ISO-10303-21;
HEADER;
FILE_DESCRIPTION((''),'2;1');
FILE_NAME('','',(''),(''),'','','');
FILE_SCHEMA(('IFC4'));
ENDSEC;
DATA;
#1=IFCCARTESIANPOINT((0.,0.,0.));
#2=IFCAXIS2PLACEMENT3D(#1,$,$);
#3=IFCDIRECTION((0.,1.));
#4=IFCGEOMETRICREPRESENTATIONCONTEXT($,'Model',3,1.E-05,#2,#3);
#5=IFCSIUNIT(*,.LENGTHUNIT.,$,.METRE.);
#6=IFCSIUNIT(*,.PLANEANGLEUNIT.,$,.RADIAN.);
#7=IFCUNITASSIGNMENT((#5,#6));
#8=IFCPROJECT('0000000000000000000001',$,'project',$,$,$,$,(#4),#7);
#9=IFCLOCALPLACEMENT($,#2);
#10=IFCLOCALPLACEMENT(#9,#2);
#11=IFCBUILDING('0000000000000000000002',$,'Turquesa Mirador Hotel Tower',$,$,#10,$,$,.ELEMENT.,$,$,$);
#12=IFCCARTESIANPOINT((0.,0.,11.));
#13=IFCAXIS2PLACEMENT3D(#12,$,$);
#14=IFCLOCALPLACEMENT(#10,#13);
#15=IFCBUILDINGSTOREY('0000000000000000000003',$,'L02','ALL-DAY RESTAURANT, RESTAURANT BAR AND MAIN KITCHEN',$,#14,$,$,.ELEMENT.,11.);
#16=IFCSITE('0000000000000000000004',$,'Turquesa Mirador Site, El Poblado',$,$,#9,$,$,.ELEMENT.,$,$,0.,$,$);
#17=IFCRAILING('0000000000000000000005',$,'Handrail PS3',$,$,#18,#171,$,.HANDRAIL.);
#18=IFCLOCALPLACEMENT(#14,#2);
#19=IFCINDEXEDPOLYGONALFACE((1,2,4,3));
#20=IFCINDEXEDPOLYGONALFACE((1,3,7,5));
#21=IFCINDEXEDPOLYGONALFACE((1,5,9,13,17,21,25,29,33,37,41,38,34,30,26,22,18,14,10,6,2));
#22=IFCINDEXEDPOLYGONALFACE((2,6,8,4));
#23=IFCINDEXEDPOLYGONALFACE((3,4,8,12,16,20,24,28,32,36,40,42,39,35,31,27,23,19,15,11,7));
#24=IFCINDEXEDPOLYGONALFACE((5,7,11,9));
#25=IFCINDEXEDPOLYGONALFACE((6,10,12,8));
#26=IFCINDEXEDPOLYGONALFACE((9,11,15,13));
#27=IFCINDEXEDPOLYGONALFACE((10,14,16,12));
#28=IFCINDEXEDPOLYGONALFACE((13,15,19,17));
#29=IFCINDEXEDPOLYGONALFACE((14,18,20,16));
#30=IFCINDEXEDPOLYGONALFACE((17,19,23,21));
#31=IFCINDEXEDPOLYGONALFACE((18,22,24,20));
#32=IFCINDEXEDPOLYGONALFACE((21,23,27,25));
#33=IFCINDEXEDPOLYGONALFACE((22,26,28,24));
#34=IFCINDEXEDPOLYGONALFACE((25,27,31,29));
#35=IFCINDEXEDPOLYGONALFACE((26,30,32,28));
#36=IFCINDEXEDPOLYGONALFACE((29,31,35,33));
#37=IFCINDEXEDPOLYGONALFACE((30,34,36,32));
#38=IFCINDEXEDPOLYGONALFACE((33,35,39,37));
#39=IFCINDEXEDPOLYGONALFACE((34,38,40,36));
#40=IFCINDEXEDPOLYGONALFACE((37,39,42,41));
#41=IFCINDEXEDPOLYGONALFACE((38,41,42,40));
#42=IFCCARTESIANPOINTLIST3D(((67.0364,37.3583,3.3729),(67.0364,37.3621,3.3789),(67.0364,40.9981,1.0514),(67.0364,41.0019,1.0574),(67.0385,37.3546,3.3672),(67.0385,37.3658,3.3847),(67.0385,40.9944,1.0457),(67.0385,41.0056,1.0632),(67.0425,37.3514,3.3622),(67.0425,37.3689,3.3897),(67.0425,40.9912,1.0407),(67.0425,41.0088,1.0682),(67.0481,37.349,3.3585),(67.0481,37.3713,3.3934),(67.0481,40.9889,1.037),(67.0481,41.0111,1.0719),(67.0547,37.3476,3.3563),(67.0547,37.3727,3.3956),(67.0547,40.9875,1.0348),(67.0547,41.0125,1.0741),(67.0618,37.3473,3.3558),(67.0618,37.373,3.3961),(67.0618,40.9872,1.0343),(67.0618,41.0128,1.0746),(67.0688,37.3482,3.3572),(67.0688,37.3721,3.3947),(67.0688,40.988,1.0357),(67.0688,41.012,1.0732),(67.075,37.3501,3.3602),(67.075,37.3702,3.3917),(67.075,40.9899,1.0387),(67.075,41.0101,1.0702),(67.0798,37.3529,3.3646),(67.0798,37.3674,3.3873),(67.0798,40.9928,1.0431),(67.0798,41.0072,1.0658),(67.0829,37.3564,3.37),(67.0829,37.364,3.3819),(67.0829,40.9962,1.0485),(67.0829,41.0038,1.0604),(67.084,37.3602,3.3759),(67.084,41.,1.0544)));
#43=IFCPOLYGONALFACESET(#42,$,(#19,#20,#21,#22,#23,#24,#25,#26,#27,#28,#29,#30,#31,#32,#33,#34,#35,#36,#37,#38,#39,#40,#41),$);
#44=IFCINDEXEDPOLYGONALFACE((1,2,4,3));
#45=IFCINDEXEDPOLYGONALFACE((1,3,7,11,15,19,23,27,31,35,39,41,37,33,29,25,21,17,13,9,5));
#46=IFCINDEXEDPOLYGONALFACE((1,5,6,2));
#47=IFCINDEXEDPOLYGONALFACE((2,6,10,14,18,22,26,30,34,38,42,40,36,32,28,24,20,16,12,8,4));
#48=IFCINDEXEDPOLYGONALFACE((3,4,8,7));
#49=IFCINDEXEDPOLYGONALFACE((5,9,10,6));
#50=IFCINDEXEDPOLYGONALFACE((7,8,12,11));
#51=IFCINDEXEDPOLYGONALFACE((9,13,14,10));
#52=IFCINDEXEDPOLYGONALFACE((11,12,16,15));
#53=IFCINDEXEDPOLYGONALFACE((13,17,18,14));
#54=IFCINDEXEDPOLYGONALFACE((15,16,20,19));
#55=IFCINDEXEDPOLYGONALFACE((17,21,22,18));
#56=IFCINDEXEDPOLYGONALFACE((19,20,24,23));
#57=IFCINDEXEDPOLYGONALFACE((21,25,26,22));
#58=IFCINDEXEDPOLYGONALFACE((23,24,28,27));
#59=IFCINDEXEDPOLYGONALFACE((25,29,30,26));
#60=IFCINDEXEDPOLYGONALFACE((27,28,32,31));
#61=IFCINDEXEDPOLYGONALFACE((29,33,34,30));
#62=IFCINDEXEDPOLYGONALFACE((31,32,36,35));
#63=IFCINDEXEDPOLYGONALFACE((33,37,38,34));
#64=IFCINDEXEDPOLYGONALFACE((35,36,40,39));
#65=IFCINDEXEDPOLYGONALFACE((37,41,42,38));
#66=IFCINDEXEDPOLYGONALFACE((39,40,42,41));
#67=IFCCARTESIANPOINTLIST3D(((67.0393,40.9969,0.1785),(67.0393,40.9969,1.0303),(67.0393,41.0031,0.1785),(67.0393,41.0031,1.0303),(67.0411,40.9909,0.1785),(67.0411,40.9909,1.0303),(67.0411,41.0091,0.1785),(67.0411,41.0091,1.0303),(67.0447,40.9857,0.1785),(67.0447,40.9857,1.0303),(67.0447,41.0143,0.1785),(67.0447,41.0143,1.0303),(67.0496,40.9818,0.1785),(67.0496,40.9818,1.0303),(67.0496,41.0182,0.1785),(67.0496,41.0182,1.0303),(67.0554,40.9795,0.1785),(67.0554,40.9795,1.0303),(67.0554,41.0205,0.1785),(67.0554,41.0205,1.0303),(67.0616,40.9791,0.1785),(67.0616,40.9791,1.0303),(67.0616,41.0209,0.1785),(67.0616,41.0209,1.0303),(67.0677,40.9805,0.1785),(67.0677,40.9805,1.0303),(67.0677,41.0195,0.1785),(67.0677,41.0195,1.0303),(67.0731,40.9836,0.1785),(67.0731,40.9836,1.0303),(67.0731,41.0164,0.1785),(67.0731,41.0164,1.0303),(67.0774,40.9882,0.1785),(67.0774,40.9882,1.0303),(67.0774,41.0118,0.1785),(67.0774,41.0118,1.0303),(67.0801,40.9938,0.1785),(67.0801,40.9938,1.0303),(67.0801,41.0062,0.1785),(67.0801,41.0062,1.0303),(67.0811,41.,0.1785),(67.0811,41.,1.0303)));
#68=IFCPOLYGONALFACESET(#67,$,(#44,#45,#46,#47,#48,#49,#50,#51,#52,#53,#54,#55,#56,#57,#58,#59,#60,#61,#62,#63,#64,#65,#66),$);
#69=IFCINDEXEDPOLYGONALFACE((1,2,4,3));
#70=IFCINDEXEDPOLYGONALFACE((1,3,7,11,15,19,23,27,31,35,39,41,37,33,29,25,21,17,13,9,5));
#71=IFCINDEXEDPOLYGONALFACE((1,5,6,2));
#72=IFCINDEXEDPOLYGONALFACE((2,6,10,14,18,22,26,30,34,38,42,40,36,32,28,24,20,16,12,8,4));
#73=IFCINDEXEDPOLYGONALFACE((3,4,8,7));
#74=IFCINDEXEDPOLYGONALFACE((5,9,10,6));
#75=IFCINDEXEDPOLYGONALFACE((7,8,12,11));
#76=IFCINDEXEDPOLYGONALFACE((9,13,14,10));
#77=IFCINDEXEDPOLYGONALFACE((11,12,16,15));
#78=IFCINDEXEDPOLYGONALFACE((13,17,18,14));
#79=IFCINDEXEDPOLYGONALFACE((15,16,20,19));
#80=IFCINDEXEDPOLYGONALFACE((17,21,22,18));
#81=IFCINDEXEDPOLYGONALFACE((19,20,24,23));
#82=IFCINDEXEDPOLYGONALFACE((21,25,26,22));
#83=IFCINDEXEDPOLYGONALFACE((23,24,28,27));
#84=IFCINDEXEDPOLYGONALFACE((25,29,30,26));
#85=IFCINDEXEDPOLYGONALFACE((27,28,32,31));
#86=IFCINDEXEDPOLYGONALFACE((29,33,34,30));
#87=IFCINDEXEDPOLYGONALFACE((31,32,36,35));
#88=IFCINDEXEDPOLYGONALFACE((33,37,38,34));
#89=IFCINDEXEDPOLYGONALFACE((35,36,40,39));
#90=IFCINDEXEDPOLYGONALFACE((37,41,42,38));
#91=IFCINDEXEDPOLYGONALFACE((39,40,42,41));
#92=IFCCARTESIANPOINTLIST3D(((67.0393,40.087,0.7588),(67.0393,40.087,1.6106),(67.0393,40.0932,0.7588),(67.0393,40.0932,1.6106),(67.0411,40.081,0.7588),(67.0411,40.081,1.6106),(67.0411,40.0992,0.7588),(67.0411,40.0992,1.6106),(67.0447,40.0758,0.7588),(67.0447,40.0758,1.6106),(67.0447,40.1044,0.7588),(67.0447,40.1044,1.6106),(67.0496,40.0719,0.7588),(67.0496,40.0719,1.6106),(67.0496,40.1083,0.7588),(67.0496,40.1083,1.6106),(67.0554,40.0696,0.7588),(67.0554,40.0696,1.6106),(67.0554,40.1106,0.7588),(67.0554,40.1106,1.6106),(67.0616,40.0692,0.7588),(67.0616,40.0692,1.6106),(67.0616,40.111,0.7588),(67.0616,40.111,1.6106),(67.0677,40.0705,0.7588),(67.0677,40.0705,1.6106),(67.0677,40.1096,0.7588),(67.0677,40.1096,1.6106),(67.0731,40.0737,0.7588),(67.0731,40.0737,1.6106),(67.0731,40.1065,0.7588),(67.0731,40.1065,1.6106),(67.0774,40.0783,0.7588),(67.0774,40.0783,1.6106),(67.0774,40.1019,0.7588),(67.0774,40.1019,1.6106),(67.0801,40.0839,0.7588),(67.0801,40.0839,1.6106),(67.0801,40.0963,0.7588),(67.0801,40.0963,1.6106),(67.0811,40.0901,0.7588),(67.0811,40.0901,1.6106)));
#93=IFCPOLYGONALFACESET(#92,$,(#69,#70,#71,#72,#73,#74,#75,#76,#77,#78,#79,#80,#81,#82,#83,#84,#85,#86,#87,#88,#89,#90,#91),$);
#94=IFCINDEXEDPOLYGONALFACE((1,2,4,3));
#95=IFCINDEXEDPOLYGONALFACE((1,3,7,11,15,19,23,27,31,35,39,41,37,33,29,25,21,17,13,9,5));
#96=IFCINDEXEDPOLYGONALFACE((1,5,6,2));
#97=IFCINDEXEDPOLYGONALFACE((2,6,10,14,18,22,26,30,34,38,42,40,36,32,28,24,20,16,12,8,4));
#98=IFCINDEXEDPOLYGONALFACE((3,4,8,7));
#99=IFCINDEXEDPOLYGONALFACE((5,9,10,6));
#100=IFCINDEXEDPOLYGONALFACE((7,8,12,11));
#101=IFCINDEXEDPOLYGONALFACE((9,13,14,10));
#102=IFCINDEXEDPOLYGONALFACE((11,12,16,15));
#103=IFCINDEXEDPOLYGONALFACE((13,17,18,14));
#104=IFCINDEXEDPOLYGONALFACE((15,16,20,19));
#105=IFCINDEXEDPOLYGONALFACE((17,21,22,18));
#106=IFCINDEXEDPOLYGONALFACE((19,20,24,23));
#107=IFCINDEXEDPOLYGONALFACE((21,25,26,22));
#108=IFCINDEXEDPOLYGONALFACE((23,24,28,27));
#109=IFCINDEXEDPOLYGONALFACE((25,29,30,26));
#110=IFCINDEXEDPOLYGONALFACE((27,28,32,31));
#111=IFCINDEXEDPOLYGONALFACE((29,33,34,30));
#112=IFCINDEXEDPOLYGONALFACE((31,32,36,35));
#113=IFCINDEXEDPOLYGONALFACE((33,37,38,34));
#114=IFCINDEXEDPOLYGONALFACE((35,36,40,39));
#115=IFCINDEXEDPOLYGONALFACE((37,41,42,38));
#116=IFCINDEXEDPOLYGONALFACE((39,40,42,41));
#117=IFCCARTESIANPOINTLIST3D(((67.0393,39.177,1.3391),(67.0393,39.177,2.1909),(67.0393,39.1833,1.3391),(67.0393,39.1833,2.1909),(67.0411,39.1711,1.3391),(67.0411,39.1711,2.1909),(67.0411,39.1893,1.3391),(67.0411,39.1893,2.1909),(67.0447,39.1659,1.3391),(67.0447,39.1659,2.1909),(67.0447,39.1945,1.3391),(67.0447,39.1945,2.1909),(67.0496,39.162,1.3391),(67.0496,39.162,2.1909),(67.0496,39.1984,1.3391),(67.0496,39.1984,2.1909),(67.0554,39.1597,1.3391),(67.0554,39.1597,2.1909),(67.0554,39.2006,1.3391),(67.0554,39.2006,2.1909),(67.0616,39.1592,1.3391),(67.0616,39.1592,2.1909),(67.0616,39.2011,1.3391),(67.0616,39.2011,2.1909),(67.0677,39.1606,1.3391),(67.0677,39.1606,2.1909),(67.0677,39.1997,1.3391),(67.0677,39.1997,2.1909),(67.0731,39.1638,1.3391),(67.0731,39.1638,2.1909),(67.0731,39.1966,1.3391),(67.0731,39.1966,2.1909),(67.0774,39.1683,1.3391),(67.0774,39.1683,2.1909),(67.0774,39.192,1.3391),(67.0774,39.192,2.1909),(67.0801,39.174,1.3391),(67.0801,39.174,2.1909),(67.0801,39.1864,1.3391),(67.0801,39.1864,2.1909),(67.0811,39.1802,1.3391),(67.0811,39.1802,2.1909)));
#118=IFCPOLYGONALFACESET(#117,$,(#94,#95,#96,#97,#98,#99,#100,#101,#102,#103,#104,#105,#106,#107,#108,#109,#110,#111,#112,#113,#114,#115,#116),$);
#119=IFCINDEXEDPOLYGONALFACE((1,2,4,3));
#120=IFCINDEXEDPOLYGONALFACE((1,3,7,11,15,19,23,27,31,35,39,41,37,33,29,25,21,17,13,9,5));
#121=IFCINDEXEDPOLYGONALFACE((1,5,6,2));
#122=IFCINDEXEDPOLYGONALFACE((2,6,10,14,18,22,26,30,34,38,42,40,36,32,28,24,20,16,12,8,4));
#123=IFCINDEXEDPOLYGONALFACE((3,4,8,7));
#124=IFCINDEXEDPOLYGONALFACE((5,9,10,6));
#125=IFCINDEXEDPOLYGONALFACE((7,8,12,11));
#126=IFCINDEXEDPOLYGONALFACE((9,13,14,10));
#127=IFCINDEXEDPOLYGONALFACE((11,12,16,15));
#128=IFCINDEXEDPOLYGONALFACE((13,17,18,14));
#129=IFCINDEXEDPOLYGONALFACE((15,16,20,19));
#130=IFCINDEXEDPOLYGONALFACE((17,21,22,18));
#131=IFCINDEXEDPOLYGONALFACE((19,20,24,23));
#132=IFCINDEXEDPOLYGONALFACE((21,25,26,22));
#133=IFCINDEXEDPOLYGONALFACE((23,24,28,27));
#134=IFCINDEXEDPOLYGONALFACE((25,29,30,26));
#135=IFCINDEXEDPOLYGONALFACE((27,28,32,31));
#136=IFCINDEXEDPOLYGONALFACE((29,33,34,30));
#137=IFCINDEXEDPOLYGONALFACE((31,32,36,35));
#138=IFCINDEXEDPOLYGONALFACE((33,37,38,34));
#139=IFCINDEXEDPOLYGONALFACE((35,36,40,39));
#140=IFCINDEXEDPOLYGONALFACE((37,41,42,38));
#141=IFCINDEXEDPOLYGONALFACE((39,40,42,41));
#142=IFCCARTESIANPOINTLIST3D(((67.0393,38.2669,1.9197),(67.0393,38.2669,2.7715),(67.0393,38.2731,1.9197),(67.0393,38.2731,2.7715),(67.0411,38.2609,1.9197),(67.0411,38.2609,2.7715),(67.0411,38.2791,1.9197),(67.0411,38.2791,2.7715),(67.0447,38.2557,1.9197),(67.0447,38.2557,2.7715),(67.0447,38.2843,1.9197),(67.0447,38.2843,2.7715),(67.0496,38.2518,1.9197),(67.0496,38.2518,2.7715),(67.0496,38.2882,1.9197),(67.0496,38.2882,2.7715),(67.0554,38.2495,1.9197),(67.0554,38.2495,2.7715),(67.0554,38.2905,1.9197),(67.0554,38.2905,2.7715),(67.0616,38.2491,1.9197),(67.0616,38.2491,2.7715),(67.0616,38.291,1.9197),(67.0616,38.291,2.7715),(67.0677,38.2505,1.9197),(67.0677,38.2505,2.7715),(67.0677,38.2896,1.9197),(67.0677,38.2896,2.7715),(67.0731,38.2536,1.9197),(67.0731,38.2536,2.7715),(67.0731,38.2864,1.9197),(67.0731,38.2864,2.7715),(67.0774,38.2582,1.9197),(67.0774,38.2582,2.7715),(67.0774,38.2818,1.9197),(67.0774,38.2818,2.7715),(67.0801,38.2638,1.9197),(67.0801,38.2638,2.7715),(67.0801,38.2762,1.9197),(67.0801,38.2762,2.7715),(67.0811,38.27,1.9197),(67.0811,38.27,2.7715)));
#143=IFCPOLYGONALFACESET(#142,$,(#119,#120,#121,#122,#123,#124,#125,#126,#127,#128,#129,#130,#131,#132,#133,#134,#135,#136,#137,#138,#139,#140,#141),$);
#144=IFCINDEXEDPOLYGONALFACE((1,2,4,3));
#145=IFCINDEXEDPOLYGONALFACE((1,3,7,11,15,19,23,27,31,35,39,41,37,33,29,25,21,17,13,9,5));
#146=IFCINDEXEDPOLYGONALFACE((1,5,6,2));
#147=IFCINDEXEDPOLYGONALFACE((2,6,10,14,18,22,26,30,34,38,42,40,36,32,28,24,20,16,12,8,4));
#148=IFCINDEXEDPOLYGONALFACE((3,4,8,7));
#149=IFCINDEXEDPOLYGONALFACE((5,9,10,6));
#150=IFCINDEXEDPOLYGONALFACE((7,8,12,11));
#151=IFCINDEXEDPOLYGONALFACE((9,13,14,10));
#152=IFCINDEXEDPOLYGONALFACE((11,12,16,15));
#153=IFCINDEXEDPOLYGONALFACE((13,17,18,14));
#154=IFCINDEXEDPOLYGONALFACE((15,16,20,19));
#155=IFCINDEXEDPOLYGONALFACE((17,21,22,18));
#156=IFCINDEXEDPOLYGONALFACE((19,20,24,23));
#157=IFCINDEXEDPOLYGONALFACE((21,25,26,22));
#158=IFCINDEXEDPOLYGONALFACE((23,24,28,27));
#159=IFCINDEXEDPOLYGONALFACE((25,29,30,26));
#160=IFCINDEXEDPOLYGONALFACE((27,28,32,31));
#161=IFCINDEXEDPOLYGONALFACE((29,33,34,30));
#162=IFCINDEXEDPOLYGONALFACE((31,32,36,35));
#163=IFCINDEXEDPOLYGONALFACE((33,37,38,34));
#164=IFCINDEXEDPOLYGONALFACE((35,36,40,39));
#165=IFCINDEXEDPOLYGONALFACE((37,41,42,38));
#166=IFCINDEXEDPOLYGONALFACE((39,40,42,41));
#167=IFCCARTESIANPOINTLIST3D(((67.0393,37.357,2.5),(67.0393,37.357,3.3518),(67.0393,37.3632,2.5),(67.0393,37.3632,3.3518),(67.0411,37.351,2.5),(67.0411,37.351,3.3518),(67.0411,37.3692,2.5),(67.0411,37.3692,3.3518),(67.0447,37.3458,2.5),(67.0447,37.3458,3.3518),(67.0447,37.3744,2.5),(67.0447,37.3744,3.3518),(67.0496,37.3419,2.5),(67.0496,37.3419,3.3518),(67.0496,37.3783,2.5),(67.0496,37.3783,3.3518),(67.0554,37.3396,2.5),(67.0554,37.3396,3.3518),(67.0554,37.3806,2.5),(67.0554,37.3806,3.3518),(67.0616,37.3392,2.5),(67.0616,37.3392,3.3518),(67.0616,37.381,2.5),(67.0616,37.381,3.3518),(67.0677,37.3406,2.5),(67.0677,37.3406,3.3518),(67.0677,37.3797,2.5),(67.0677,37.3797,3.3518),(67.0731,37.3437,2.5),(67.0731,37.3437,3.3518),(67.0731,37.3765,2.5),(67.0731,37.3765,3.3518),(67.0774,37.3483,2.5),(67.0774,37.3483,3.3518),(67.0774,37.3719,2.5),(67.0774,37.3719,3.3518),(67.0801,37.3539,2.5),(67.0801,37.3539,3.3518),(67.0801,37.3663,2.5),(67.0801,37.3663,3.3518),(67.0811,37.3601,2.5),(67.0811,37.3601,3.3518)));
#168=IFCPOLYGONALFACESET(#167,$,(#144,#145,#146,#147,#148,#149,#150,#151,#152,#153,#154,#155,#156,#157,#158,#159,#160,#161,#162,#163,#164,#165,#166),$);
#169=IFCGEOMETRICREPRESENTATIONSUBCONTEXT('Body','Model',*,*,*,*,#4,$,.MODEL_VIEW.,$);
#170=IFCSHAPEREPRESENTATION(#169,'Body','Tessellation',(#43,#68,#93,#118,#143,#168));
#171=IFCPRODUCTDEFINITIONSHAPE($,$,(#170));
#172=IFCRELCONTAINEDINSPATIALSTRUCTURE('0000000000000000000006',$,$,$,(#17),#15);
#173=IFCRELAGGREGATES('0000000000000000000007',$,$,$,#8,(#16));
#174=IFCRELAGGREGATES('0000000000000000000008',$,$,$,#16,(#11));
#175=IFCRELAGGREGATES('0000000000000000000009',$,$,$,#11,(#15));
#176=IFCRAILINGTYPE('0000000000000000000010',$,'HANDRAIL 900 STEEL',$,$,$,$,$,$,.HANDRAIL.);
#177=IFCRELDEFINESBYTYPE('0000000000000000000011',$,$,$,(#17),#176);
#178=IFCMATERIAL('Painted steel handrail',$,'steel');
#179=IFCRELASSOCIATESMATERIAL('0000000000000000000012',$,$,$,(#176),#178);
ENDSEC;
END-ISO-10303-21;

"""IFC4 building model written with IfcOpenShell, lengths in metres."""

from ifc_helpers import new_model, si_unit, direction, frame, origin, origin_2d, place, context, subcontext, project, spatial, circle, extrude, material, type_object, element, save


model = new_model("IFC4")

# Units and contexts
model_context = context("Model", 3, precision=1e-05, world=origin(), true_north=direction((0.0, 1.0)))
body_context = subcontext(model_context, "Body", "Model", "MODEL_VIEW")
ifc_project = project(units=[si_unit("LENGTHUNIT", "METRE"), si_unit("PLANEANGLEUNIT", "RADIAN")], contexts=[model_context])

# Site, building, storey
site_placement = place(None, origin())
site = spatial("IfcSite", under=ifc_project, at=site_placement, Name="Turquesa Mirador Site, El Poblado", CompositionType="ELEMENT", RefElevation=0.0)
building_placement = place(site_placement, origin())
building = spatial("IfcBuilding", under=site, at=building_placement, Name="Turquesa Mirador Hotel Tower", CompositionType="ELEMENT")
storey_placement = place(building_placement, frame((0.0, 0.0, 11.0)))
storey = spatial("IfcBuildingStorey", under=building, at=storey_placement, Name="L02", Description="ALL-DAY RESTAURANT, RESTAURANT BAR AND MAIN KITCHEN", CompositionType="ELEMENT", Elevation=11.0)

# Railing
ifc_material_1 = material(Name="Painted steel handrail", Category="steel")
railing_type = type_object("IfcRailingType", Name="HANDRAIL 900 STEEL", PredefinedType="HANDRAIL", material=ifc_material_1)
railing_1_placement = place(storey_placement, frame((67.0601, 41.0, 0.1785)))
element("IfcRailing", 1, at=railing_1_placement, inside=storey, type_object=railing_type, Name="Handrail PS3", PredefinedType="HANDRAIL", context=body_context, shape_type="SweptSolid", body=[
    extrude(circle(Radius=0.0239, at=origin_2d()), frame((0.0, 0.0, 0.876), z_axis=(0.0, -0.843112, 0.537739), x_axis=(1.0, 0.0, 0.0)), (0.0, 0.0, 1.0), 4.3171),
    extrude(circle(Radius=0.021, at=origin_2d()), origin(), (0.0, 0.0, 1.0), 0.8518),
    extrude(circle(Radius=0.021, at=origin_2d()), frame((0.0, -0.9099, 0.5803)), (0.0, 0.0, 1.0), 0.8518),
    extrude(circle(Radius=0.021, at=origin_2d()), frame((0.0, -1.8198, 1.1606)), (0.0, 0.0, 1.0), 0.8518),
    extrude(circle(Radius=0.021, at=origin_2d()), frame((0.0, -2.73, 1.7412)), (0.0, 0.0, 1.0), 0.8518),
    extrude(circle(Radius=0.021, at=origin_2d()), frame((0.0, -3.6399, 2.3215)), (0.0, 0.0, 1.0), 0.8518),
])

save(model, "model.ifc")
